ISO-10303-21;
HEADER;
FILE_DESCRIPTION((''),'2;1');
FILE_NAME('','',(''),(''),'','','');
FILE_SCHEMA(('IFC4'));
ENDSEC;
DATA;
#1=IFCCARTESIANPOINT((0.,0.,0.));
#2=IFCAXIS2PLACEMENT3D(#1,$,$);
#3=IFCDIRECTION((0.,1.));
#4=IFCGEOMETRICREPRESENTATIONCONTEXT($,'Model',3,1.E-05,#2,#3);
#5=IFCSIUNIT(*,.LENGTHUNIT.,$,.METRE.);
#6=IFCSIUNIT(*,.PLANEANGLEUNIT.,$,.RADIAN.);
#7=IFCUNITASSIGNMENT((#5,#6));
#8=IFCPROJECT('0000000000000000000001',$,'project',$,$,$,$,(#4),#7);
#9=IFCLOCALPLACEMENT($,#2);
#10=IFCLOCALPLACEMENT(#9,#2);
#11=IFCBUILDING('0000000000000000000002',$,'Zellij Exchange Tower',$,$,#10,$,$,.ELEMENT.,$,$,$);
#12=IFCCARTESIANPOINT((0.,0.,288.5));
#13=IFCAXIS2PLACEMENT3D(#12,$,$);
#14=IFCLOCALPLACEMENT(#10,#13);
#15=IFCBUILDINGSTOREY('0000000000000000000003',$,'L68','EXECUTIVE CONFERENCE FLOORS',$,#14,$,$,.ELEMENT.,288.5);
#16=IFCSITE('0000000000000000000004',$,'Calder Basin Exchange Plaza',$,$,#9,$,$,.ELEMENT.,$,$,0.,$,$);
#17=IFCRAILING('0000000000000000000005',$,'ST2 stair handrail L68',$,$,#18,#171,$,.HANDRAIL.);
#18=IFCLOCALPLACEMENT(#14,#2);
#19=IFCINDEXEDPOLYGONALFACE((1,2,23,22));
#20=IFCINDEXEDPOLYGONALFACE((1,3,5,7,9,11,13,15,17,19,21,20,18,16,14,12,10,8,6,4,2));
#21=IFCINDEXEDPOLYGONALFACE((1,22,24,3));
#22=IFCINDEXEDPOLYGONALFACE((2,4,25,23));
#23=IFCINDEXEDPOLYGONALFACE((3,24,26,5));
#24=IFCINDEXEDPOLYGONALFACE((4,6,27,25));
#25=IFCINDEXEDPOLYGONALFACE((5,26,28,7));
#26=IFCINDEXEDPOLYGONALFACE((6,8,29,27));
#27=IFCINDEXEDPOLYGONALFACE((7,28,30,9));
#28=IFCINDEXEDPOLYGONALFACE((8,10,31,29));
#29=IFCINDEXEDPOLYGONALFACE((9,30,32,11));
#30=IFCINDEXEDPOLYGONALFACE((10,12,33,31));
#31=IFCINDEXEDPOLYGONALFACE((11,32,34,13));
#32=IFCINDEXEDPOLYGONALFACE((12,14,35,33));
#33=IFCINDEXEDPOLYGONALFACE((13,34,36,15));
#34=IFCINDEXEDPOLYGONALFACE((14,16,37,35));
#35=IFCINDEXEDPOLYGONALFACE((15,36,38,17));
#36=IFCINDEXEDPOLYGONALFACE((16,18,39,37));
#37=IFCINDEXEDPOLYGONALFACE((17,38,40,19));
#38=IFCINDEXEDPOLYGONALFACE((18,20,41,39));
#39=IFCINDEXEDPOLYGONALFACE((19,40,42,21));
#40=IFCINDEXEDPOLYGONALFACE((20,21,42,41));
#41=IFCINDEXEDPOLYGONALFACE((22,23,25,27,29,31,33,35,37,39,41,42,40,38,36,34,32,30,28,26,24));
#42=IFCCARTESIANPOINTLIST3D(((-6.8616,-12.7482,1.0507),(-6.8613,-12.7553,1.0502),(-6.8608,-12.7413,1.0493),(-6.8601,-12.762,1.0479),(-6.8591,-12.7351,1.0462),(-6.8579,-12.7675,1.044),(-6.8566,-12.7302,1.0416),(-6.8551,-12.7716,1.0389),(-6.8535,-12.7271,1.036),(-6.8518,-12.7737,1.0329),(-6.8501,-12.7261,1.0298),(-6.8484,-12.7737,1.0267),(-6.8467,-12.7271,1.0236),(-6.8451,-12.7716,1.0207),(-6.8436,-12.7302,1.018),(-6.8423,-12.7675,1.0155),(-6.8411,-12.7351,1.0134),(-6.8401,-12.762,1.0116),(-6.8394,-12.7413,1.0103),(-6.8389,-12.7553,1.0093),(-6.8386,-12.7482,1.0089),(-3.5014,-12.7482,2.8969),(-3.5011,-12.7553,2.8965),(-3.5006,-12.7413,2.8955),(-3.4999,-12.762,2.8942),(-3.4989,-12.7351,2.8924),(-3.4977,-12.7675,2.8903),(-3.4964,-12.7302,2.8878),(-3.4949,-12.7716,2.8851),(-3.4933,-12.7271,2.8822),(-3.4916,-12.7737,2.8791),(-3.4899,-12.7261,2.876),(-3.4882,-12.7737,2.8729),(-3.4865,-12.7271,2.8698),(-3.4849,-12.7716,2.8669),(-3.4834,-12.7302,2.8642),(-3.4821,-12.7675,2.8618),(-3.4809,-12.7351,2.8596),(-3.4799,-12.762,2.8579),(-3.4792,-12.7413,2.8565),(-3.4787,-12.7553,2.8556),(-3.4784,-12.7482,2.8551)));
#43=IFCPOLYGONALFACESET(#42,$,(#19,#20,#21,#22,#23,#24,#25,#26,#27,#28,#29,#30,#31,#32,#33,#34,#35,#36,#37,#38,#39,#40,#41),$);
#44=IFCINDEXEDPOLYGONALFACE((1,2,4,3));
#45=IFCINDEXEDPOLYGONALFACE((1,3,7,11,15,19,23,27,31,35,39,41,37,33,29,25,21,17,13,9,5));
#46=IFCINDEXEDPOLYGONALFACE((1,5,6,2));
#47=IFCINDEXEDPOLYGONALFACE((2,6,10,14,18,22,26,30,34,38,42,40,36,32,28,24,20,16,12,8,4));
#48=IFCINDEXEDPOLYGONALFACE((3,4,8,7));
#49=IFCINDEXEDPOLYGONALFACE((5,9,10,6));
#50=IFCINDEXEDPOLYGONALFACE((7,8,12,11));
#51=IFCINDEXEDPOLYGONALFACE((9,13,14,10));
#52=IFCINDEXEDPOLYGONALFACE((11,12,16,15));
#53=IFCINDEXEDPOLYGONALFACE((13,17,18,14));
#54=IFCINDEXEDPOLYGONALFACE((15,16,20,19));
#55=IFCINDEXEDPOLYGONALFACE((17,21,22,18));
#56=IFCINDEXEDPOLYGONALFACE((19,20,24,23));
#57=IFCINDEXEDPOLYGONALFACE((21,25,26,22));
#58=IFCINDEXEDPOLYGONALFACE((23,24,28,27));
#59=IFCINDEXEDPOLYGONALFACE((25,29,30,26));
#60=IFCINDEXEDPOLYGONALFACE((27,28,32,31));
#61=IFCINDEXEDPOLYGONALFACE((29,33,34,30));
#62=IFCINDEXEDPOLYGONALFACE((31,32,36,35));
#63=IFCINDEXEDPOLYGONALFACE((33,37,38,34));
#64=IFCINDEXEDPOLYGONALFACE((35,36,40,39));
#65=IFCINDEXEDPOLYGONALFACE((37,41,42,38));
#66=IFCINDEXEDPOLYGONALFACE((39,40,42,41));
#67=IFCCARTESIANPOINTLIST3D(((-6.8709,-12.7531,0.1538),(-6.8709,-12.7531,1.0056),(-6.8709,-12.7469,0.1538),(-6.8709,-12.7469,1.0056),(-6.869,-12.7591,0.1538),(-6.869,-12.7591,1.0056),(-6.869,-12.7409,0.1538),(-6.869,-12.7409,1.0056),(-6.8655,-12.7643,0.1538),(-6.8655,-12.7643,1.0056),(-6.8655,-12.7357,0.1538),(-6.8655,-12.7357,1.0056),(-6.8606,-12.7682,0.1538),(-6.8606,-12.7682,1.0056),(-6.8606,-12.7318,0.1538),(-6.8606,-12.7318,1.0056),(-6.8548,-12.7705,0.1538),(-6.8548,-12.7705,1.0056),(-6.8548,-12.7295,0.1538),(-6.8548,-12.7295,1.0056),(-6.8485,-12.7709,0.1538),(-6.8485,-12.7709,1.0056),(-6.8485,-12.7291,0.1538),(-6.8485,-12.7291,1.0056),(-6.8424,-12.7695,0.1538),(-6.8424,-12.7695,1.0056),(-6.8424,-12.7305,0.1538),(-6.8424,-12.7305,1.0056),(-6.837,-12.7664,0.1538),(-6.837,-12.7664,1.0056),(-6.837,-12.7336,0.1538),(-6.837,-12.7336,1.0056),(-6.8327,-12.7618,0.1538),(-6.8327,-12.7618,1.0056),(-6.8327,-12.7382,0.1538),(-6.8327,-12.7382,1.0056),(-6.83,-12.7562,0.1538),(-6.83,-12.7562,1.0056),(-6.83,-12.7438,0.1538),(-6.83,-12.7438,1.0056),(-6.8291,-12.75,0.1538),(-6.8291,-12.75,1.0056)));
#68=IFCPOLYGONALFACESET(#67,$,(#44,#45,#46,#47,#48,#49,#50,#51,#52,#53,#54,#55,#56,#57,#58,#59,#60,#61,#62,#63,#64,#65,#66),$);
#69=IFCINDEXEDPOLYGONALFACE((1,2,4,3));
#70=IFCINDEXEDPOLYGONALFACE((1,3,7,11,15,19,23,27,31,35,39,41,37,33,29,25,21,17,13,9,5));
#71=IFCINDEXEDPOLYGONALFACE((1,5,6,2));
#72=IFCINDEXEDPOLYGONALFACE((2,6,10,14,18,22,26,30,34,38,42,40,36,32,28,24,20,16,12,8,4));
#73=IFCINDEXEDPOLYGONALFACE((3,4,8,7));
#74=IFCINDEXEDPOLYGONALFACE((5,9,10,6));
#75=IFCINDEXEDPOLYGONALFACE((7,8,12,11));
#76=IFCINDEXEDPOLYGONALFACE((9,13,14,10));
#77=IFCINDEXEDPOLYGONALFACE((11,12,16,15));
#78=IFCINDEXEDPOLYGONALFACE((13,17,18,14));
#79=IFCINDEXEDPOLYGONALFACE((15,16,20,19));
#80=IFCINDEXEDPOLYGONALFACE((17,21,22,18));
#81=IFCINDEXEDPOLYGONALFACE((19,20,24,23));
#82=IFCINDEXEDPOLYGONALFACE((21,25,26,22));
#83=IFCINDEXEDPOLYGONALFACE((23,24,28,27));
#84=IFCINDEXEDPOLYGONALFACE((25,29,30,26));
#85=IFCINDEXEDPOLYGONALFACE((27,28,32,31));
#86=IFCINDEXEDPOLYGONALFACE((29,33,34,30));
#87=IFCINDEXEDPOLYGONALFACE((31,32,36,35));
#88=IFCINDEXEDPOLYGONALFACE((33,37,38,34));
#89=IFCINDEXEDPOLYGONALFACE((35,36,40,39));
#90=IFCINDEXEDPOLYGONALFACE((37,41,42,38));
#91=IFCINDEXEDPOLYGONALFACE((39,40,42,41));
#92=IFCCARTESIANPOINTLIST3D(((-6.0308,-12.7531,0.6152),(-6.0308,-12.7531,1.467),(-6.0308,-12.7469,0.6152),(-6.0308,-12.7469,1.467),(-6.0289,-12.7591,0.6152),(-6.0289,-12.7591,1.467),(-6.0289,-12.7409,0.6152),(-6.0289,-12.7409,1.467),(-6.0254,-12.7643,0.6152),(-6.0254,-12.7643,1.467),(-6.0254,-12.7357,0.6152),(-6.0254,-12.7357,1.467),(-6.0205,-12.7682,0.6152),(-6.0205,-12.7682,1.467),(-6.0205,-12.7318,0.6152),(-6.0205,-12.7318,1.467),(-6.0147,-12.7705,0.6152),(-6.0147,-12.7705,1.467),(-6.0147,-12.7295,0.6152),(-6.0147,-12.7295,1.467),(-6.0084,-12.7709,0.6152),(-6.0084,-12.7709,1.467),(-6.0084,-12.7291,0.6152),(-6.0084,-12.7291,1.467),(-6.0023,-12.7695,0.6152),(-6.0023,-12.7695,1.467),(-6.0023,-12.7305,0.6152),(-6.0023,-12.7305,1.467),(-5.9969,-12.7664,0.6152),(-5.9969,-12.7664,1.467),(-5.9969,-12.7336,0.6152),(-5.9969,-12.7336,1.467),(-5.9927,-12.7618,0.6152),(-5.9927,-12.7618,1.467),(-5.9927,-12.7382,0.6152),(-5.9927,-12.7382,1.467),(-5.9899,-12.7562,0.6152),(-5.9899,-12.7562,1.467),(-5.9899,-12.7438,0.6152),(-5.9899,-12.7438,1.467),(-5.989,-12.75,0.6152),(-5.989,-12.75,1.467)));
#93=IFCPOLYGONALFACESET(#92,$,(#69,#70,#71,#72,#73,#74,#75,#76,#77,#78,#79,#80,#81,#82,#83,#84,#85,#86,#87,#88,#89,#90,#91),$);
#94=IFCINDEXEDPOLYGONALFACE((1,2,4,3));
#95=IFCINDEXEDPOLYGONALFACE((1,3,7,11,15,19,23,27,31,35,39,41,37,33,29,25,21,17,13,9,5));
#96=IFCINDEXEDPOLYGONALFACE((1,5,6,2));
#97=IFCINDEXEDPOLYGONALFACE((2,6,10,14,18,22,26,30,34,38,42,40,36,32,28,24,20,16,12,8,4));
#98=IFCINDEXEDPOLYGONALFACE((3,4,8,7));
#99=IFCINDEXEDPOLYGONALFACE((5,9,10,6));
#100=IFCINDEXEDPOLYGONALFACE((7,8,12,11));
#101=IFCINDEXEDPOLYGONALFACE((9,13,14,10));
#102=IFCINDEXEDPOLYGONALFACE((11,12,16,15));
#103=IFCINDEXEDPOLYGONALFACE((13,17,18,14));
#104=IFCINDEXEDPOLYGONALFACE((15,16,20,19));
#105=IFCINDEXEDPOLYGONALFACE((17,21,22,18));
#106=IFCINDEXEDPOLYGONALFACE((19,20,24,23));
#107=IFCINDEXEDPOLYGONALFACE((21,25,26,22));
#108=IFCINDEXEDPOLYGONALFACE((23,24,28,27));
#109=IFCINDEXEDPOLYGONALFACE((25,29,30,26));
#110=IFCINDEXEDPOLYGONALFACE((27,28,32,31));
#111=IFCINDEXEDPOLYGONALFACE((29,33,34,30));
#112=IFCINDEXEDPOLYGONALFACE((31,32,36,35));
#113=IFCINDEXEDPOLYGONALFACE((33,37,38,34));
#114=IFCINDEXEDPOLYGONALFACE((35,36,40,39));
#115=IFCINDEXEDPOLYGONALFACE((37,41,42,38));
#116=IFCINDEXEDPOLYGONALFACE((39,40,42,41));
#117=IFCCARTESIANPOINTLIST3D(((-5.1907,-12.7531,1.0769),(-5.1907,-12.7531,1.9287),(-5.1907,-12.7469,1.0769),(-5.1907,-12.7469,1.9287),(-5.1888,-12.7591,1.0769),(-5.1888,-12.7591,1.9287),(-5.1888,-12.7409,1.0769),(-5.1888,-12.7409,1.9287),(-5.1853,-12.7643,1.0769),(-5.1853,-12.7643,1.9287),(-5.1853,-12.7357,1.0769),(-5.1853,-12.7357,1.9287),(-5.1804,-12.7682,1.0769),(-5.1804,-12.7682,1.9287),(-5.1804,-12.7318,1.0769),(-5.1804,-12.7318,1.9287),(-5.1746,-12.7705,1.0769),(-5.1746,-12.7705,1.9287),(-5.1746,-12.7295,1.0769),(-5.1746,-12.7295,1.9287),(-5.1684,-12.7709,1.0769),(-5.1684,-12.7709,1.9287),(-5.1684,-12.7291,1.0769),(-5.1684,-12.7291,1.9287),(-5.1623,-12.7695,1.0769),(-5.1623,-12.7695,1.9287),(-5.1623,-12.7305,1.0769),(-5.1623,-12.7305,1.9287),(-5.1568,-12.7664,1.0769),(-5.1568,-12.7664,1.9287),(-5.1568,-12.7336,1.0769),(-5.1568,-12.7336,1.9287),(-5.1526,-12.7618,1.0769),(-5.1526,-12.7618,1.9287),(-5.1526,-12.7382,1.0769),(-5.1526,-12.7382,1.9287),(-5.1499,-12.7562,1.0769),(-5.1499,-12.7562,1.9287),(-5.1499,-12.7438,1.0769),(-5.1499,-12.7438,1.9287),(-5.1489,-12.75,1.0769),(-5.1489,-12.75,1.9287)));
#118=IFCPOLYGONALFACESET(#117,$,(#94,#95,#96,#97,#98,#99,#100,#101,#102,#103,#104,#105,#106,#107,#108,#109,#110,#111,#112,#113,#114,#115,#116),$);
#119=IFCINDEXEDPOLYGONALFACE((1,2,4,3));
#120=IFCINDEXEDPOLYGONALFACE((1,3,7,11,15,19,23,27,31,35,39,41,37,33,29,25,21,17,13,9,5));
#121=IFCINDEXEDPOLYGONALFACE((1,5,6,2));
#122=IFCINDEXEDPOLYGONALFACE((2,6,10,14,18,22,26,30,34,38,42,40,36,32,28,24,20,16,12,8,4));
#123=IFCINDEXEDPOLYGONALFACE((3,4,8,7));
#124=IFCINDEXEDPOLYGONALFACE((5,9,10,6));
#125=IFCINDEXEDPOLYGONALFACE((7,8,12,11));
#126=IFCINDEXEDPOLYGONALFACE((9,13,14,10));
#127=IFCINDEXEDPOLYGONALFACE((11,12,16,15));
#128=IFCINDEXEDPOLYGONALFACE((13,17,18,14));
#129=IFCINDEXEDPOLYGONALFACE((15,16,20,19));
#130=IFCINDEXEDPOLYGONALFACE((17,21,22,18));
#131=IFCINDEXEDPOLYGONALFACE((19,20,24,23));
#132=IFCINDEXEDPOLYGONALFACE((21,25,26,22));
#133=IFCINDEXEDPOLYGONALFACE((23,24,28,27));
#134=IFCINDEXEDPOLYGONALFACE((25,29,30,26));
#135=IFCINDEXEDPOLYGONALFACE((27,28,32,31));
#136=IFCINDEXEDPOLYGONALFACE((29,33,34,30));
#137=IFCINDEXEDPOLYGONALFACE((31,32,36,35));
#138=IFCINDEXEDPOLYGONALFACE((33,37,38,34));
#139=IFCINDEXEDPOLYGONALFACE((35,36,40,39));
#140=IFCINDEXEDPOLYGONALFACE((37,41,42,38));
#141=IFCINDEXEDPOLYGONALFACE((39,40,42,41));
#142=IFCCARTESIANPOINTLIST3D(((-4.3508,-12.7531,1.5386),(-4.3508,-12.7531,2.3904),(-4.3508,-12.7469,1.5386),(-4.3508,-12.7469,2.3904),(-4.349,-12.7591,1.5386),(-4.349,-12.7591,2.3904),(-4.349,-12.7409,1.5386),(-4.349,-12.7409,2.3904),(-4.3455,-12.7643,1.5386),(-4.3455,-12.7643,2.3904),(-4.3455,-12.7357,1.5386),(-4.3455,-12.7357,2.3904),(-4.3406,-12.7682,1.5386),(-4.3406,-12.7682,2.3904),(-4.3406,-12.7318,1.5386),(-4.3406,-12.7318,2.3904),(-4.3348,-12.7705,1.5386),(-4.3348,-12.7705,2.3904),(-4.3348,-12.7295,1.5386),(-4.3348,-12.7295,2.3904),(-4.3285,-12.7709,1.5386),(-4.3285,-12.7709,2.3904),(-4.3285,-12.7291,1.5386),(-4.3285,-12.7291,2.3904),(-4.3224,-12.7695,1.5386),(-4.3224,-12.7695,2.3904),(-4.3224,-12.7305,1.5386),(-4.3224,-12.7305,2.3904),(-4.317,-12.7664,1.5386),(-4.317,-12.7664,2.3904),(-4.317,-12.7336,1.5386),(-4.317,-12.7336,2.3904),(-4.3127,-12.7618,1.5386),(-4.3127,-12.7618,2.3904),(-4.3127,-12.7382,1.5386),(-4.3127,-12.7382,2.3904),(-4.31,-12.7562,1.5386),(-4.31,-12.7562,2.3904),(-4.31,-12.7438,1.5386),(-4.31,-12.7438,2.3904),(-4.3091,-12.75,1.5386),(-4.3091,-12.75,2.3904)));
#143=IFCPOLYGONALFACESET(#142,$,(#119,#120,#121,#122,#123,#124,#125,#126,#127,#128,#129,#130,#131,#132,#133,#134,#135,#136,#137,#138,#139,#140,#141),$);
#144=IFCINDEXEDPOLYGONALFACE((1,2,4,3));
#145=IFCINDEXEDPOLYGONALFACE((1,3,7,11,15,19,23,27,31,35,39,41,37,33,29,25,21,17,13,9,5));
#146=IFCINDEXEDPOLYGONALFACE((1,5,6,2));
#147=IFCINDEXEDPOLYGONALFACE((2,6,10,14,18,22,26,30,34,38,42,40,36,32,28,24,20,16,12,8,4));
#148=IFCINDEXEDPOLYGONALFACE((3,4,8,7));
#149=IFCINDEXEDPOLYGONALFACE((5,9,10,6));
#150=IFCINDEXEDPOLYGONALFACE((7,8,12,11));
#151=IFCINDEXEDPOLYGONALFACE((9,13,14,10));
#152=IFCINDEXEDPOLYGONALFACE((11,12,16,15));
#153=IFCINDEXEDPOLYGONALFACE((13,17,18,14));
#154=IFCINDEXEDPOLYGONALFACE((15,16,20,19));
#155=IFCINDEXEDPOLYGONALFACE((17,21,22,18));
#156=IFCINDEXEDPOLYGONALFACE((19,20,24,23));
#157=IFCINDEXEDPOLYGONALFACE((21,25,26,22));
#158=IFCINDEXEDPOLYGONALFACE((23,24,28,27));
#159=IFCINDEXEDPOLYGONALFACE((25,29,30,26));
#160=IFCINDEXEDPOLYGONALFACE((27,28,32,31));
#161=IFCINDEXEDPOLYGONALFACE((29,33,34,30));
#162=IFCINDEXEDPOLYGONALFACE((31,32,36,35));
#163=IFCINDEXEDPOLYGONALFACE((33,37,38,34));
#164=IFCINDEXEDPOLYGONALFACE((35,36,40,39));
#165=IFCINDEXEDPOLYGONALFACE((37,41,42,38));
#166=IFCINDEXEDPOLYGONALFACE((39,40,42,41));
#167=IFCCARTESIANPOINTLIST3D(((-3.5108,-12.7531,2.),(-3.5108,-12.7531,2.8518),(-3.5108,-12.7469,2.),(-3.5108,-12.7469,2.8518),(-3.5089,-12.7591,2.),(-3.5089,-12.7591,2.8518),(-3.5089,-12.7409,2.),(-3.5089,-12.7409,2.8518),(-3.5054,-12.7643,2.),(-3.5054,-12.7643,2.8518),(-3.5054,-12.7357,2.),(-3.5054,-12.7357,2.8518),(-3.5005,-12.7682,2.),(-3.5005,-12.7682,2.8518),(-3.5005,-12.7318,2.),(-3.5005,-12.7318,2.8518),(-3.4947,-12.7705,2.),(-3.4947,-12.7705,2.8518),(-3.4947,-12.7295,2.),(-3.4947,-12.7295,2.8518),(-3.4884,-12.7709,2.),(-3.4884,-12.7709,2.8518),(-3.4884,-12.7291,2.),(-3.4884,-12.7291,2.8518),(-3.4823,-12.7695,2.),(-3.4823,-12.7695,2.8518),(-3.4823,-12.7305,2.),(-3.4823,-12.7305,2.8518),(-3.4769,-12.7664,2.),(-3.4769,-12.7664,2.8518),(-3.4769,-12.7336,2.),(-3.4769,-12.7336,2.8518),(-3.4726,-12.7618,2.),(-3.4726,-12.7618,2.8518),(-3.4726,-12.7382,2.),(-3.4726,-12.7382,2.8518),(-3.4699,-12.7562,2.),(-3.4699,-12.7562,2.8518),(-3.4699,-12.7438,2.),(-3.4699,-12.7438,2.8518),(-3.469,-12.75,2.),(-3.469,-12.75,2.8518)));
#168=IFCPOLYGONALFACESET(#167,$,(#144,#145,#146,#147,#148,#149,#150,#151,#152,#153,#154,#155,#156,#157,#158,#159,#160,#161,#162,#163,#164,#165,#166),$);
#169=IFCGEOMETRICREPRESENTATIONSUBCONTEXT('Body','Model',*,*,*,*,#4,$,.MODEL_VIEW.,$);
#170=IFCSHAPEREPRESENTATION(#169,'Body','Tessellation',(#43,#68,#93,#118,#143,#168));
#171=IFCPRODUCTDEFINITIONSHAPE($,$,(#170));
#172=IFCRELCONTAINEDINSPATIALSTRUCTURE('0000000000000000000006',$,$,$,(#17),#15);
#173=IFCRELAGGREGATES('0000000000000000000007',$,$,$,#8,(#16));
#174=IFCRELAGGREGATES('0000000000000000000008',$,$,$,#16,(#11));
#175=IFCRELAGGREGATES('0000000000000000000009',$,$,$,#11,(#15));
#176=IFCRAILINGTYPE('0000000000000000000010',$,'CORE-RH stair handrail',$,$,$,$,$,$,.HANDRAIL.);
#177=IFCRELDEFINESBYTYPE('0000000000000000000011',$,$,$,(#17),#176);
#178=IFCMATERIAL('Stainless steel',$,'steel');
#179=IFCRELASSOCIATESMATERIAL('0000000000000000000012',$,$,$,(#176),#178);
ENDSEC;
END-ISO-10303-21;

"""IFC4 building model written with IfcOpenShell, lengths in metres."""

from ifc_helpers import new_model, si_unit, direction, frame, origin, origin_2d, place, context, subcontext, project, spatial, circle, extrude, material, type_object, element, save


model = new_model("IFC4")

# Units and contexts
model_context = context("Model", 3, precision=1e-05, world=origin(), true_north=direction((0.0, 1.0)))
body_context = subcontext(model_context, "Body", "Model", "MODEL_VIEW")
ifc_project = project(units=[si_unit("LENGTHUNIT", "METRE"), si_unit("PLANEANGLEUNIT", "RADIAN")], contexts=[model_context])

# Site, building, storey
site_placement = place(None, origin())
site = spatial("IfcSite", under=ifc_project, at=site_placement, Name="Calder Basin Exchange Plaza", CompositionType="ELEMENT", RefElevation=0.0)
building_placement = place(site_placement, origin())
building = spatial("IfcBuilding", under=site, at=building_placement, Name="Zellij Exchange Tower", CompositionType="ELEMENT")
storey_placement = place(building_placement, frame((0.0, 0.0, 288.5)))
storey = spatial("IfcBuildingStorey", under=building, at=storey_placement, Name="L68", Description="EXECUTIVE CONFERENCE FLOORS", CompositionType="ELEMENT", Elevation=288.5)

# Railing
ifc_material_1 = material(Name="Stainless steel", Category="steel")
railing_type_1 = type_object("IfcRailingType", Name="CORE-RH stair handrail", PredefinedType="HANDRAIL", material=ifc_material_1)
railing_1_placement = place(storey_placement, frame((-6.8501, -12.75, 0.1538)))
element("IfcRailing", 1, at=railing_1_placement, inside=storey, type_object=railing_type_1, Name="ST2 stair handrail L68", PredefinedType="HANDRAIL", context=body_context, shape_type="SweptSolid", body=[
    extrude(circle(Radius=0.0239, at=origin_2d()), frame((0.0, 0.0, 0.876), z_axis=(0.876422, 0.0, 0.481545), x_axis=(0.0, 1.0, 0.0)), (0.0, 0.0, 1.0), 3.834),
    extrude(circle(Radius=0.021, at=origin_2d()), origin(), (0.0, 0.0, 1.0), 0.8518),
    extrude(circle(Radius=0.021, at=origin_2d()), frame((0.8401, 0.0, 0.4614)), (0.0, 0.0, 1.0), 0.8518),
    extrude(circle(Radius=0.021, at=origin_2d()), frame((1.6802, 0.0, 0.9231)), (0.0, 0.0, 1.0), 0.8518),
    extrude(circle(Radius=0.021, at=origin_2d()), frame((2.52, 0.0, 1.3848)), (0.0, 0.0, 1.0), 0.8518),
    extrude(circle(Radius=0.021, at=origin_2d()), frame((3.3601, 0.0, 1.8462)), (0.0, 0.0, 1.0), 0.8518),
])

save(model, "model.ifc")
